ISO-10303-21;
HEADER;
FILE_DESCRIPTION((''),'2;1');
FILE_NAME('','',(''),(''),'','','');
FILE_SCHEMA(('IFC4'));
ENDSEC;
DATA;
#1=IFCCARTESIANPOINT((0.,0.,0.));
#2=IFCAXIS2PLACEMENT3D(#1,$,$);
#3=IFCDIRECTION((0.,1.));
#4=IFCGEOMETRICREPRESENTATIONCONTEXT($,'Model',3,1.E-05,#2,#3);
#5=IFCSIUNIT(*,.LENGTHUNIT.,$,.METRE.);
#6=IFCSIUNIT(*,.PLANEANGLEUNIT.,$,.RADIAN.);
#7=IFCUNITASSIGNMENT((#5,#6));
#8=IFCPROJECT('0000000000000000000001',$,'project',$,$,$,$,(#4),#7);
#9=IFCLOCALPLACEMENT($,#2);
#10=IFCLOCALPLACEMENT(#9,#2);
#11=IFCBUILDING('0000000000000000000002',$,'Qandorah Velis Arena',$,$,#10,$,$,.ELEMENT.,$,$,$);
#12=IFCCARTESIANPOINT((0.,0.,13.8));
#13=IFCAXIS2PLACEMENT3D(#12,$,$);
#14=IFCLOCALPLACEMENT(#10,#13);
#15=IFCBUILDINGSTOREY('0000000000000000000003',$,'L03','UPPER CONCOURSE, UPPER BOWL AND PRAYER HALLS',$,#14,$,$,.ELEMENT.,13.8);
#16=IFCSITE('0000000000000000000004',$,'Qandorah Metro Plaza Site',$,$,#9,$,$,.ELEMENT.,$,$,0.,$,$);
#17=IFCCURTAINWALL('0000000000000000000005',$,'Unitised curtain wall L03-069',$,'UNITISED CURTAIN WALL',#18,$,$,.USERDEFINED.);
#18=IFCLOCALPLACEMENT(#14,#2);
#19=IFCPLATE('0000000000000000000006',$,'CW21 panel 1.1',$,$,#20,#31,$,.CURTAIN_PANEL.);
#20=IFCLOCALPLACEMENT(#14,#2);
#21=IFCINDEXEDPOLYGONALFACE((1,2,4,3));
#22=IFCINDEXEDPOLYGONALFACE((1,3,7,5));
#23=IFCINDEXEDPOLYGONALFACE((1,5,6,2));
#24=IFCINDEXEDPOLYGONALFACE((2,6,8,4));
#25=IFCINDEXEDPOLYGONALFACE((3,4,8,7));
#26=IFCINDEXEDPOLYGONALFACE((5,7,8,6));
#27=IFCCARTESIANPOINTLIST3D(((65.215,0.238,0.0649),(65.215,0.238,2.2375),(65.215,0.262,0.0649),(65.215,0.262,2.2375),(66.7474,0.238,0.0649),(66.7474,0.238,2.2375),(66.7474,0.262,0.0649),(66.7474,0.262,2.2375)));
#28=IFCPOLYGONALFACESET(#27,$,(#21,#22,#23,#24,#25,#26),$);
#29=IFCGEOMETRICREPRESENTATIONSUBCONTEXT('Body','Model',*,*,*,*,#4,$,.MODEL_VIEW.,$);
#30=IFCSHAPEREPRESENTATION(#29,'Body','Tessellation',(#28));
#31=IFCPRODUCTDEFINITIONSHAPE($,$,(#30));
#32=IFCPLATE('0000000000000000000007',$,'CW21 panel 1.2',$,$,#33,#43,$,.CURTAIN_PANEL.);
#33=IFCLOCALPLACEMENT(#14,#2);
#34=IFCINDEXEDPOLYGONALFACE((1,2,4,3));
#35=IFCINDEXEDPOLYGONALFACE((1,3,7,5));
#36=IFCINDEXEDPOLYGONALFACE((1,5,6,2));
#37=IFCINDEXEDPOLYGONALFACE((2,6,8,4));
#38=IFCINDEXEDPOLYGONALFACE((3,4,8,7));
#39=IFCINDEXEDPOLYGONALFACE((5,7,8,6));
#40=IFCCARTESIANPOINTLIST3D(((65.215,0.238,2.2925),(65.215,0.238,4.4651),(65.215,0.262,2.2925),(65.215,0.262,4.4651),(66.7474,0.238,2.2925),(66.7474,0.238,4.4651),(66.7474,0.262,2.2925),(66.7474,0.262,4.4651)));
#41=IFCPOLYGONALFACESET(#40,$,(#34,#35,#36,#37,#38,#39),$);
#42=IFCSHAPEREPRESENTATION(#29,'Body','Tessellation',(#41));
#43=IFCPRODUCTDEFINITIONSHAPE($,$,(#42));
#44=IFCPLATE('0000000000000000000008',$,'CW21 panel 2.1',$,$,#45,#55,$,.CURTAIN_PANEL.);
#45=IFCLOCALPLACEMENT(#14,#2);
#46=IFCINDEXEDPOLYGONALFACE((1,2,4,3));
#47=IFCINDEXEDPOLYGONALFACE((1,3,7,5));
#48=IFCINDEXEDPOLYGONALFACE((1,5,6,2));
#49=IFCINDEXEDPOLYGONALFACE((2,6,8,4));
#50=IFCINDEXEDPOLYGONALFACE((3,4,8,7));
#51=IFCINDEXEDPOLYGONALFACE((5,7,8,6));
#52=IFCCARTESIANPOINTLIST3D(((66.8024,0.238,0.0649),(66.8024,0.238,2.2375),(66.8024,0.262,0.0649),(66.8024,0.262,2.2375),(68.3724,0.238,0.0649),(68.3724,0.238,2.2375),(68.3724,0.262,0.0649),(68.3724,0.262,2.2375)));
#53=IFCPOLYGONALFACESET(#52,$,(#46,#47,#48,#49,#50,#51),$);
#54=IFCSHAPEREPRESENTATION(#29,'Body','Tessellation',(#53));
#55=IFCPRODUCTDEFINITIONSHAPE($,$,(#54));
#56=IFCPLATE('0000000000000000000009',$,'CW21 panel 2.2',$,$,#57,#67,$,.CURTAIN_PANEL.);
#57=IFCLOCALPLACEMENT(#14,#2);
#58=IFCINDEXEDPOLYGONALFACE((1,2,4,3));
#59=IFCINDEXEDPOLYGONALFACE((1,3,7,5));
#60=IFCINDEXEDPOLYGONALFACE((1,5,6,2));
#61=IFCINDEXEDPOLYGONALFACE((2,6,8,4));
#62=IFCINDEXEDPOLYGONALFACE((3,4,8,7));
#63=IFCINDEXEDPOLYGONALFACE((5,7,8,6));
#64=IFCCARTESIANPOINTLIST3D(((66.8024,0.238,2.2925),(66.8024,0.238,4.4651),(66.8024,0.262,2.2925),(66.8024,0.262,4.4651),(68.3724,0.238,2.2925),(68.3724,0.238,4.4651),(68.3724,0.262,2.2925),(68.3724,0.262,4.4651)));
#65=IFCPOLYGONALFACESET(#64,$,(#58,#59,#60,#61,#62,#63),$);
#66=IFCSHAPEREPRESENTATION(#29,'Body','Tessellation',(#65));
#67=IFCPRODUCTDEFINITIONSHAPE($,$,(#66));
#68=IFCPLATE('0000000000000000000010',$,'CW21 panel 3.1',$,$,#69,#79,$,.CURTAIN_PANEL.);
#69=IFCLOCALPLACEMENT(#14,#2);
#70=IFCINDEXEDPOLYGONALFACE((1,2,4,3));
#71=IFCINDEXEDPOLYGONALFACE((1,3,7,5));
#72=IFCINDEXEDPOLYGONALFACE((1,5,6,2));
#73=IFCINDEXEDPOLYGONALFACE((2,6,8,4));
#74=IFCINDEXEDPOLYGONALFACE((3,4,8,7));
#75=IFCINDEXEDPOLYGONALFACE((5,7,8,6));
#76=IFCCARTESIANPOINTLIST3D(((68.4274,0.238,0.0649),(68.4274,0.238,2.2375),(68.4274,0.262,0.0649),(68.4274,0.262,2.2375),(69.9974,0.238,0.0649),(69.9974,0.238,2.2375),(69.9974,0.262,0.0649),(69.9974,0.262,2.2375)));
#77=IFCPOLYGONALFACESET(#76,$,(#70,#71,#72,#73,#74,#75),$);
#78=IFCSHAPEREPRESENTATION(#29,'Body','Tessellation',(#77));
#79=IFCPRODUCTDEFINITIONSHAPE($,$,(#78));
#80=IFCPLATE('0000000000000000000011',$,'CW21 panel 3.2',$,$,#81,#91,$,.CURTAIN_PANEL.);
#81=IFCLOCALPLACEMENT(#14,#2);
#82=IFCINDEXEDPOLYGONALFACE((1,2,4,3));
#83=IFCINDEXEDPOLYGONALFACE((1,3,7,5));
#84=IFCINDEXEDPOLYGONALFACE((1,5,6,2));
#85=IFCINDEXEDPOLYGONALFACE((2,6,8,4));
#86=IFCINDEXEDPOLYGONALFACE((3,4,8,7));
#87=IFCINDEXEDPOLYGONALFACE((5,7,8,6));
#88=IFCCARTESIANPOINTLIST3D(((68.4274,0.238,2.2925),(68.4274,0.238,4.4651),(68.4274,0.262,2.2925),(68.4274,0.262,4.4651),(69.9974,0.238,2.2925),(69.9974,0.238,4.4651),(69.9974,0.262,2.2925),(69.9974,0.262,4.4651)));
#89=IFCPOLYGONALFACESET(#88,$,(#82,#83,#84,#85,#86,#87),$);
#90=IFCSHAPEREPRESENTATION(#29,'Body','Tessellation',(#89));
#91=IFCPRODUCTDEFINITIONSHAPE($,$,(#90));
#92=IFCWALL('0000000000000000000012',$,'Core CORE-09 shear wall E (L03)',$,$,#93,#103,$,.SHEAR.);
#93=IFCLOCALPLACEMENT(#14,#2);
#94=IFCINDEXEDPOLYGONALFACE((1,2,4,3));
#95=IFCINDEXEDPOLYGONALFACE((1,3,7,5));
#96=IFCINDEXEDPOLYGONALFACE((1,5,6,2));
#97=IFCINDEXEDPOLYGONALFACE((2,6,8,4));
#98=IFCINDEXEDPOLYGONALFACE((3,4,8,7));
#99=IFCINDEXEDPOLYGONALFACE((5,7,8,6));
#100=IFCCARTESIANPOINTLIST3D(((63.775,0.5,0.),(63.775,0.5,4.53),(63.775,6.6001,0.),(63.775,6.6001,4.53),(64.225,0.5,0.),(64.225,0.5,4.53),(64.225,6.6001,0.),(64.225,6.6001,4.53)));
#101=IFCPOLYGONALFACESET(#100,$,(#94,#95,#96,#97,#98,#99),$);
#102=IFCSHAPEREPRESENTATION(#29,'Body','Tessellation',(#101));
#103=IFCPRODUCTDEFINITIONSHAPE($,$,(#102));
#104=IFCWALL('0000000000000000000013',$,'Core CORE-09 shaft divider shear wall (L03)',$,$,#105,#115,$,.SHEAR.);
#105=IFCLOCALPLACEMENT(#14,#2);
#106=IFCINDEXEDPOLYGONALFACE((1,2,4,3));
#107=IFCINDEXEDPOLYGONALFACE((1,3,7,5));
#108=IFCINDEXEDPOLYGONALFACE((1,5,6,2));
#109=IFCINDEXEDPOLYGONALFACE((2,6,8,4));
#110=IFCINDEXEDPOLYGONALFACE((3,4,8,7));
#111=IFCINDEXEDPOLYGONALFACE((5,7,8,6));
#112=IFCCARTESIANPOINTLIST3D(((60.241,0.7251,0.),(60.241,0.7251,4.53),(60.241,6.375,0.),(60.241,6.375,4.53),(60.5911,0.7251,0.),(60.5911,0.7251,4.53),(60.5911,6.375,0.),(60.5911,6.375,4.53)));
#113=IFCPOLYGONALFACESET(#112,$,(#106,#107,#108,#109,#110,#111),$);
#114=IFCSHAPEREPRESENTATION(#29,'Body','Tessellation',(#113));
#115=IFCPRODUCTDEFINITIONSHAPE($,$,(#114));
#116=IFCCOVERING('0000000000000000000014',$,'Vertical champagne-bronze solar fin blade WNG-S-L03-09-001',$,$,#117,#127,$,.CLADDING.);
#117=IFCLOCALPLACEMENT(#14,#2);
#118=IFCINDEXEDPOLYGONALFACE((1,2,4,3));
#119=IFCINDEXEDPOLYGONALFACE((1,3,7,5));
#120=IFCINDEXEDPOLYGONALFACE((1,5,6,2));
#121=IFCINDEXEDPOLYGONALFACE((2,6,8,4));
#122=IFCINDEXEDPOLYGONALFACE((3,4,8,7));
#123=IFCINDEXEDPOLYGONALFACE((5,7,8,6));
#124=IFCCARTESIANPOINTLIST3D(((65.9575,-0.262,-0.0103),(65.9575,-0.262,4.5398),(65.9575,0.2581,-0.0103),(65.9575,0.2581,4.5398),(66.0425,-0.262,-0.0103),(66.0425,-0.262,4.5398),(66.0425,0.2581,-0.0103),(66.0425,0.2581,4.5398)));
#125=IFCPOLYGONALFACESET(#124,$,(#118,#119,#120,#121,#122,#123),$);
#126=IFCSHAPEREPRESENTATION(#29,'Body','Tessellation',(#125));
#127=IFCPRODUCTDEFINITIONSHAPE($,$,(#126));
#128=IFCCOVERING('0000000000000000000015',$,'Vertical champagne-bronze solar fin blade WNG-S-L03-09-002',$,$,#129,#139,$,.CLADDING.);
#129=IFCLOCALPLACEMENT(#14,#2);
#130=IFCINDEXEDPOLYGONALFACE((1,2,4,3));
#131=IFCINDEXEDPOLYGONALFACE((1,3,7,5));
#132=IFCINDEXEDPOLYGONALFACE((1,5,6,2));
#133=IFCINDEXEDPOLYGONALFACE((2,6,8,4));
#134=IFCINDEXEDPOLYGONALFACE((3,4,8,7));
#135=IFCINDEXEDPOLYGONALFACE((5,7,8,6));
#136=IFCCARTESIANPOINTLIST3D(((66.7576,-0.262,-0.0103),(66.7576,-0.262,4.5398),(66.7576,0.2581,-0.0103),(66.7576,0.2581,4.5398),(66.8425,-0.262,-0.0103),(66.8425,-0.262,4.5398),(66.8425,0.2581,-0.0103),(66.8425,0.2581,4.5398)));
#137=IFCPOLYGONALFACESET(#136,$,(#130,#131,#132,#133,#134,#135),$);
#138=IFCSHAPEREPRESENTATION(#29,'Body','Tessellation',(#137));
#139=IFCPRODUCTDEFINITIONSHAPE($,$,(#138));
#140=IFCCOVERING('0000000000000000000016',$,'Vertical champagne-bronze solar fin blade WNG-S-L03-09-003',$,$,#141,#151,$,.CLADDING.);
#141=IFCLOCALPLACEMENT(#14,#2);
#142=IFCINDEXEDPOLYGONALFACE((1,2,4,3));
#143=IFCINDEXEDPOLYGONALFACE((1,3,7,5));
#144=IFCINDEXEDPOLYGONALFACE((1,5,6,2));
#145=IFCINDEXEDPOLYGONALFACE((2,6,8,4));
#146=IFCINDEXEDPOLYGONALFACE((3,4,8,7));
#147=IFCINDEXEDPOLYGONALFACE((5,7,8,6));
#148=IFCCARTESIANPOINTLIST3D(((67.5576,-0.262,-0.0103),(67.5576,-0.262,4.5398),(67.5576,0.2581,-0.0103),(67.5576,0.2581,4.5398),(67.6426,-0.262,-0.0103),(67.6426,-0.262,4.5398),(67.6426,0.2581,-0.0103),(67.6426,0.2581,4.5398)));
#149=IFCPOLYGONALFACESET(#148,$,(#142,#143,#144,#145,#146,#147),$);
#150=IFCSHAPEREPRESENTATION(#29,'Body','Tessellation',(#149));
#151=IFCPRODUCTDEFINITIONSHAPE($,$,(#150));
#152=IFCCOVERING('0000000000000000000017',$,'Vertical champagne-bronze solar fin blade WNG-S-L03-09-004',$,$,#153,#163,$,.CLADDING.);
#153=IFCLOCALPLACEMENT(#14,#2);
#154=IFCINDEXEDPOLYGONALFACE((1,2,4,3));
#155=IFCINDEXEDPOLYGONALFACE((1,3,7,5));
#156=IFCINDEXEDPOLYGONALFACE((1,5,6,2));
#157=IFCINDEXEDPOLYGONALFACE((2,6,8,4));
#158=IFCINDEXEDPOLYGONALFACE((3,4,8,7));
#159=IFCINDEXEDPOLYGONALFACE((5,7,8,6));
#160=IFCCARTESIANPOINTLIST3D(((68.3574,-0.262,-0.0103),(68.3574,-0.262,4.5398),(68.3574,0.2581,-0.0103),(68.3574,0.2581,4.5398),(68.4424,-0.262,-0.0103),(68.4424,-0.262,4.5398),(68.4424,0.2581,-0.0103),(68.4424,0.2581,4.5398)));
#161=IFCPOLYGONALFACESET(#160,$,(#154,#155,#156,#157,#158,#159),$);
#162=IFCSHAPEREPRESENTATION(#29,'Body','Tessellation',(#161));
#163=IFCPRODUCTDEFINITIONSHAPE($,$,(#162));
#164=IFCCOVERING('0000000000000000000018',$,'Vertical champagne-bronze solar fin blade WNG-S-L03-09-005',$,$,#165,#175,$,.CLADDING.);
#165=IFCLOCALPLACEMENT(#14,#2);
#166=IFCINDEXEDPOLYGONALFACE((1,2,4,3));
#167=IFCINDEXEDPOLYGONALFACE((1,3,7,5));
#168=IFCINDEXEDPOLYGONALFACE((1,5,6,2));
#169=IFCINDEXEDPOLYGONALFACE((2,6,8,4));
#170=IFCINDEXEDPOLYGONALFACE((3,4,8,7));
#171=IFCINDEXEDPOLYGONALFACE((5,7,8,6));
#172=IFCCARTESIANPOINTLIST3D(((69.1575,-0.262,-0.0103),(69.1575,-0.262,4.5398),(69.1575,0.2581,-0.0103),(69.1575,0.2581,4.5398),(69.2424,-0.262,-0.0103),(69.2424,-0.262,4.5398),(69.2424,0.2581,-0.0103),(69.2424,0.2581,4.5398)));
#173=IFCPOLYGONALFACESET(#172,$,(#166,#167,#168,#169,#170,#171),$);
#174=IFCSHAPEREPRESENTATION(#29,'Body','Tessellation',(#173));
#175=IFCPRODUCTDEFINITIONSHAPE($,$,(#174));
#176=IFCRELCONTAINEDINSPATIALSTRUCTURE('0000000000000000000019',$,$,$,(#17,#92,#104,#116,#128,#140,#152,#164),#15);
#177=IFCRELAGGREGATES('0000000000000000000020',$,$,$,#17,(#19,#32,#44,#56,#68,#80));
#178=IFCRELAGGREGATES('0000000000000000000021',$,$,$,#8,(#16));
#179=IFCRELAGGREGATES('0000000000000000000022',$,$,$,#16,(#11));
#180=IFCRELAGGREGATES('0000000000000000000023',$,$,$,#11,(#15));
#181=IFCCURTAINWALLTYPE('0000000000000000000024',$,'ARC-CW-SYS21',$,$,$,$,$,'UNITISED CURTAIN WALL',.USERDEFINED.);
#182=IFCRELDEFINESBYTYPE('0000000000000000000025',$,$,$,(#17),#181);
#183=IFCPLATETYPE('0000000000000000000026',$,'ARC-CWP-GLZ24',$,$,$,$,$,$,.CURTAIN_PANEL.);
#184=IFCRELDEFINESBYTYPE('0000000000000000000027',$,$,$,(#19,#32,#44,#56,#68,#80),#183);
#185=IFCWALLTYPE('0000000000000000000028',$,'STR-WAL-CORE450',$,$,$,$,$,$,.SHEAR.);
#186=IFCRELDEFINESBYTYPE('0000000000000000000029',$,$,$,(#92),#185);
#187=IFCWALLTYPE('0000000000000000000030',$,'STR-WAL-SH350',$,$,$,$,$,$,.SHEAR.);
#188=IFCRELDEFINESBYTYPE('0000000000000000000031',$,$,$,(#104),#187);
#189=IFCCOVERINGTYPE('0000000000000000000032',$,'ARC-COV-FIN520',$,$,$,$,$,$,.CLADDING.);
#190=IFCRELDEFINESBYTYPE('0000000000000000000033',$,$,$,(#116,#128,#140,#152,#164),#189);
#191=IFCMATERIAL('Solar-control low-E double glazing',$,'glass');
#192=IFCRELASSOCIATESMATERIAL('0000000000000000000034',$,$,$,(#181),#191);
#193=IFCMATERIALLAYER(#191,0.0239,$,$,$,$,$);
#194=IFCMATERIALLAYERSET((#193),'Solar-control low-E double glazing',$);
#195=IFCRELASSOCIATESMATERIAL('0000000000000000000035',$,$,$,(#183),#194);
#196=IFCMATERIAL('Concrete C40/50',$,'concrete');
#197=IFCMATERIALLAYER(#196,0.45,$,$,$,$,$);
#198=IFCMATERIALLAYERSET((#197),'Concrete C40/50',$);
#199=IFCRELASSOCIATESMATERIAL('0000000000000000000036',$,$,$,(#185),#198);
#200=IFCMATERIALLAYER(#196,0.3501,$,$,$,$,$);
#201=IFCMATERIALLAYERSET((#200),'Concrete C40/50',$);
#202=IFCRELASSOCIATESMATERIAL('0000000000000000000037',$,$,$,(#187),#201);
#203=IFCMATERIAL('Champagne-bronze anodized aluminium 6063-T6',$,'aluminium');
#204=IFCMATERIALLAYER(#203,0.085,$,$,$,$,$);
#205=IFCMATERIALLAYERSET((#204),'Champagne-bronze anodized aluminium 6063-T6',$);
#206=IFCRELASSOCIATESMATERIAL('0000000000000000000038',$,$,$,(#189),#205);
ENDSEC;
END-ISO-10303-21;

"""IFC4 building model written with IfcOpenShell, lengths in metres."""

from ifc_helpers import new_model, si_unit, direction, frame, frame_2d, origin, origin_2d, place, context, subcontext, project, spatial, rectangle, extrude, material, layer, layer_set, type_object, element, aggregate, save


model = new_model("IFC4")

# Units and contexts
model_context = context("Model", 3, precision=1e-05, world=origin(), true_north=direction((0.0, 1.0)))
body_context = subcontext(model_context, "Body", "Model", "MODEL_VIEW")
ifc_project = project(units=[si_unit("LENGTHUNIT", "METRE"), si_unit("PLANEANGLEUNIT", "RADIAN")], contexts=[model_context])

# Site, building, storey
site_placement = place(None, origin())
site = spatial("IfcSite", under=ifc_project, at=site_placement, Name="Qandorah Metro Plaza Site", CompositionType="ELEMENT", RefElevation=0.0)
building_placement = place(site_placement, origin())
building = spatial("IfcBuilding", under=site, at=building_placement, Name="Qandorah Velis Arena", CompositionType="ELEMENT")
storey_placement = place(building_placement, frame((0.0, 0.0, 13.8)))
storey = spatial("IfcBuildingStorey", under=building, at=storey_placement, Name="L03", Description="UPPER CONCOURSE, UPPER BOWL AND PRAYER HALLS", CompositionType="ELEMENT", Elevation=13.8)

# Shared definitions
ifc_material_1 = material(Name="Concrete C40/50", Category="concrete")

# Curtain wall
ifc_material_2 = material(Name="Solar-control low-E double glazing", Category="glass")
curtain_wall_type = type_object("IfcCurtainWallType", Name="ARC-CW-SYS21", ElementType="UNITISED CURTAIN WALL", PredefinedType="USERDEFINED", material=ifc_material_2)
curtain_wall_placement = place(storey_placement, origin())
curtain_wall = element("IfcCurtainWall", 1, at=curtain_wall_placement, inside=storey, type_object=curtain_wall_type, Name="Unitised curtain wall L03-069", ObjectType="UNITISED CURTAIN WALL", PredefinedType="USERDEFINED")
ifc_material_3 = material(Name="Champagne-bronze anodized aluminium 6063-T6", Category="aluminium")

# Plates
ifc_layer_1 = layer(ifc_material_2, 0.0239)
ifc_layer_set_1 = layer_set([ifc_layer_1], Name="Solar-control low-E double glazing")
plate_type = type_object("IfcPlateType", Name="ARC-CWP-GLZ24", PredefinedType="CURTAIN_PANEL", material=ifc_layer_set_1)
plate_1_placement = place(storey_placement, frame((65.9812, 0.25, 0.0649), z_axis=(0.0, 0.0, 1.0), x_axis=(1.0, 0.0, 0.0)))
plate_1 = element("IfcPlate", 2, at=plate_1_placement, type_object=plate_type, Name="CW21 panel 1.1", PredefinedType="CURTAIN_PANEL", context=body_context, shape_type="SweptSolid", body=[
    extrude(rectangle(XDim=1.5325, YDim=0.0239, at=origin_2d()), origin(), (0.0, 0.0, 1.0), 2.1726),
])
plate_2_placement = place(storey_placement, frame((65.9812, 0.25, 2.2925), z_axis=(0.0, 0.0, 1.0), x_axis=(1.0, 0.0, 0.0)))
plate_2 = element("IfcPlate", 3, at=plate_2_placement, type_object=plate_type, Name="CW21 panel 1.2", PredefinedType="CURTAIN_PANEL", context=body_context, shape_type="SweptSolid", body=[
    extrude(rectangle(XDim=1.5325, YDim=0.0239, at=origin_2d()), origin(), (0.0, 0.0, 1.0), 2.1726),
])
plate_3_placement = place(storey_placement, frame((67.5874, 0.25, 0.0649), z_axis=(0.0, 0.0, 1.0), x_axis=(1.0, 0.0, 0.0)))
plate_3 = element("IfcPlate", 4, at=plate_3_placement, type_object=plate_type, Name="CW21 panel 2.1", PredefinedType="CURTAIN_PANEL", context=body_context, shape_type="SweptSolid", body=[
    extrude(rectangle(XDim=1.5701, YDim=0.0239, at=origin_2d()), origin(), (0.0, 0.0, 1.0), 2.1726),
])
plate_4_placement = place(storey_placement, frame((67.5874, 0.25, 2.2925), z_axis=(0.0, 0.0, 1.0), x_axis=(1.0, 0.0, 0.0)))
plate_4 = element("IfcPlate", 5, at=plate_4_placement, type_object=plate_type, Name="CW21 panel 2.2", PredefinedType="CURTAIN_PANEL", context=body_context, shape_type="SweptSolid", body=[
    extrude(rectangle(XDim=1.5701, YDim=0.0239, at=origin_2d()), origin(), (0.0, 0.0, 1.0), 2.1726),
])
plate_5_placement = place(storey_placement, frame((69.2124, 0.25, 0.0649), z_axis=(0.0, 0.0, 1.0), x_axis=(1.0, 0.0, 0.0)))
plate_5 = element("IfcPlate", 6, at=plate_5_placement, type_object=plate_type, Name="CW21 panel 3.1", PredefinedType="CURTAIN_PANEL", context=body_context, shape_type="SweptSolid", body=[
    extrude(rectangle(XDim=1.5701, YDim=0.0239, at=origin_2d()), origin(), (0.0, 0.0, 1.0), 2.1726),
])
plate_6_placement = place(storey_placement, frame((69.2124, 0.25, 2.2925), z_axis=(0.0, 0.0, 1.0), x_axis=(1.0, 0.0, 0.0)))
plate_6 = element("IfcPlate", 7, at=plate_6_placement, type_object=plate_type, Name="CW21 panel 3.2", PredefinedType="CURTAIN_PANEL", context=body_context, shape_type="SweptSolid", body=[
    extrude(rectangle(XDim=1.5701, YDim=0.0239, at=origin_2d()), origin(), (0.0, 0.0, 1.0), 2.1726),
])
aggregate(curtain_wall, [plate_1, plate_2, plate_3, plate_4, plate_5, plate_6])

# Walls
ifc_layer_2 = layer(ifc_material_1, 0.45)
ifc_layer_set_2 = layer_set([ifc_layer_2], Name="Concrete C40/50")
wall_type_1 = type_object("IfcWallType", Name="STR-WAL-CORE450", PredefinedType="SHEAR", material=ifc_layer_set_2)
wall_1_placement = place(storey_placement, frame((64.0, 0.5, 0.0), z_axis=(0.0, 0.0, 1.0), x_axis=(0.0, 1.0, 0.0)))
element("IfcWall", 8, at=wall_1_placement, inside=storey, type_object=wall_type_1, Name="Core CORE-09 shear wall E (L03)", PredefinedType="SHEAR", context=body_context, shape_type="SweptSolid", body=[
    extrude(rectangle(XDim=6.1001, YDim=0.45, at=frame_2d((3.05, 0.0))), origin(), (0.0, 0.0, 1.0), 4.53),
])
ifc_layer_3 = layer(ifc_material_1, 0.3501)
ifc_layer_set_3 = layer_set([ifc_layer_3], Name="Concrete C40/50")
wall_type_2 = type_object("IfcWallType", Name="STR-WAL-SH350", PredefinedType="SHEAR", material=ifc_layer_set_3)
wall_2_placement = place(storey_placement, frame((60.416, 0.7251, 0.0), z_axis=(0.0, 0.0, 1.0), x_axis=(0.0, 1.0, 0.0)))
element("IfcWall", 9, at=wall_2_placement, inside=storey, type_object=wall_type_2, Name="Core CORE-09 shaft divider shear wall (L03)", PredefinedType="SHEAR", context=body_context, shape_type="SweptSolid", body=[
    extrude(rectangle(XDim=5.6499, YDim=0.3501, at=frame_2d((2.825, 0.0))), origin(), (0.0, 0.0, 1.0), 4.53),
])

# Coverings
ifc_layer_4 = layer(ifc_material_3, 0.085)
ifc_layer_set_4 = layer_set([ifc_layer_4], Name="Champagne-bronze anodized aluminium 6063-T6")
covering_type = type_object("IfcCoveringType", Name="ARC-COV-FIN520", PredefinedType="CLADDING", material=ifc_layer_set_4)
for number, where, z_axis, x_axis, name in (
    (10, (66.0, -0.002, -0.0103), (0.0, 0.0, 1.0), (1.0, 0.0, 0.0), "Vertical champagne-bronze solar fin blade WNG-S-L03-09-001"),
    (11, (66.8, -0.002, -0.0103), (0.0, 0.0, 1.0), (1.0, 0.0, 0.0), "Vertical champagne-bronze solar fin blade WNG-S-L03-09-002"),
    (12, (67.6001, -0.002, -0.0103), (0.0, 0.0, 1.0), (1.0, 0.0, 0.0), "Vertical champagne-bronze solar fin blade WNG-S-L03-09-003"),
    (13, (68.3999, -0.002, -0.0103), (0.0, 0.0, 1.0), (1.0, 0.0, 0.0), "Vertical champagne-bronze solar fin blade WNG-S-L03-09-004"),
    (14, (69.2, -0.002, -0.0103), (0.0, 0.0, 1.0), (1.0, 0.0, 0.0), "Vertical champagne-bronze solar fin blade WNG-S-L03-09-005"),
):
    element("IfcCovering", number, at=place(storey_placement, frame(where, z_axis=z_axis, x_axis=x_axis)), inside=storey, type_object=covering_type, Name=name, PredefinedType="CLADDING", context=body_context, shape_type="SweptSolid", body=[
        extrude(rectangle(XDim=0.085, YDim=0.52, at=origin_2d()), origin(), (0.0, 0.0, 1.0), 4.55),
    ])

save(model, "model.ifc")
